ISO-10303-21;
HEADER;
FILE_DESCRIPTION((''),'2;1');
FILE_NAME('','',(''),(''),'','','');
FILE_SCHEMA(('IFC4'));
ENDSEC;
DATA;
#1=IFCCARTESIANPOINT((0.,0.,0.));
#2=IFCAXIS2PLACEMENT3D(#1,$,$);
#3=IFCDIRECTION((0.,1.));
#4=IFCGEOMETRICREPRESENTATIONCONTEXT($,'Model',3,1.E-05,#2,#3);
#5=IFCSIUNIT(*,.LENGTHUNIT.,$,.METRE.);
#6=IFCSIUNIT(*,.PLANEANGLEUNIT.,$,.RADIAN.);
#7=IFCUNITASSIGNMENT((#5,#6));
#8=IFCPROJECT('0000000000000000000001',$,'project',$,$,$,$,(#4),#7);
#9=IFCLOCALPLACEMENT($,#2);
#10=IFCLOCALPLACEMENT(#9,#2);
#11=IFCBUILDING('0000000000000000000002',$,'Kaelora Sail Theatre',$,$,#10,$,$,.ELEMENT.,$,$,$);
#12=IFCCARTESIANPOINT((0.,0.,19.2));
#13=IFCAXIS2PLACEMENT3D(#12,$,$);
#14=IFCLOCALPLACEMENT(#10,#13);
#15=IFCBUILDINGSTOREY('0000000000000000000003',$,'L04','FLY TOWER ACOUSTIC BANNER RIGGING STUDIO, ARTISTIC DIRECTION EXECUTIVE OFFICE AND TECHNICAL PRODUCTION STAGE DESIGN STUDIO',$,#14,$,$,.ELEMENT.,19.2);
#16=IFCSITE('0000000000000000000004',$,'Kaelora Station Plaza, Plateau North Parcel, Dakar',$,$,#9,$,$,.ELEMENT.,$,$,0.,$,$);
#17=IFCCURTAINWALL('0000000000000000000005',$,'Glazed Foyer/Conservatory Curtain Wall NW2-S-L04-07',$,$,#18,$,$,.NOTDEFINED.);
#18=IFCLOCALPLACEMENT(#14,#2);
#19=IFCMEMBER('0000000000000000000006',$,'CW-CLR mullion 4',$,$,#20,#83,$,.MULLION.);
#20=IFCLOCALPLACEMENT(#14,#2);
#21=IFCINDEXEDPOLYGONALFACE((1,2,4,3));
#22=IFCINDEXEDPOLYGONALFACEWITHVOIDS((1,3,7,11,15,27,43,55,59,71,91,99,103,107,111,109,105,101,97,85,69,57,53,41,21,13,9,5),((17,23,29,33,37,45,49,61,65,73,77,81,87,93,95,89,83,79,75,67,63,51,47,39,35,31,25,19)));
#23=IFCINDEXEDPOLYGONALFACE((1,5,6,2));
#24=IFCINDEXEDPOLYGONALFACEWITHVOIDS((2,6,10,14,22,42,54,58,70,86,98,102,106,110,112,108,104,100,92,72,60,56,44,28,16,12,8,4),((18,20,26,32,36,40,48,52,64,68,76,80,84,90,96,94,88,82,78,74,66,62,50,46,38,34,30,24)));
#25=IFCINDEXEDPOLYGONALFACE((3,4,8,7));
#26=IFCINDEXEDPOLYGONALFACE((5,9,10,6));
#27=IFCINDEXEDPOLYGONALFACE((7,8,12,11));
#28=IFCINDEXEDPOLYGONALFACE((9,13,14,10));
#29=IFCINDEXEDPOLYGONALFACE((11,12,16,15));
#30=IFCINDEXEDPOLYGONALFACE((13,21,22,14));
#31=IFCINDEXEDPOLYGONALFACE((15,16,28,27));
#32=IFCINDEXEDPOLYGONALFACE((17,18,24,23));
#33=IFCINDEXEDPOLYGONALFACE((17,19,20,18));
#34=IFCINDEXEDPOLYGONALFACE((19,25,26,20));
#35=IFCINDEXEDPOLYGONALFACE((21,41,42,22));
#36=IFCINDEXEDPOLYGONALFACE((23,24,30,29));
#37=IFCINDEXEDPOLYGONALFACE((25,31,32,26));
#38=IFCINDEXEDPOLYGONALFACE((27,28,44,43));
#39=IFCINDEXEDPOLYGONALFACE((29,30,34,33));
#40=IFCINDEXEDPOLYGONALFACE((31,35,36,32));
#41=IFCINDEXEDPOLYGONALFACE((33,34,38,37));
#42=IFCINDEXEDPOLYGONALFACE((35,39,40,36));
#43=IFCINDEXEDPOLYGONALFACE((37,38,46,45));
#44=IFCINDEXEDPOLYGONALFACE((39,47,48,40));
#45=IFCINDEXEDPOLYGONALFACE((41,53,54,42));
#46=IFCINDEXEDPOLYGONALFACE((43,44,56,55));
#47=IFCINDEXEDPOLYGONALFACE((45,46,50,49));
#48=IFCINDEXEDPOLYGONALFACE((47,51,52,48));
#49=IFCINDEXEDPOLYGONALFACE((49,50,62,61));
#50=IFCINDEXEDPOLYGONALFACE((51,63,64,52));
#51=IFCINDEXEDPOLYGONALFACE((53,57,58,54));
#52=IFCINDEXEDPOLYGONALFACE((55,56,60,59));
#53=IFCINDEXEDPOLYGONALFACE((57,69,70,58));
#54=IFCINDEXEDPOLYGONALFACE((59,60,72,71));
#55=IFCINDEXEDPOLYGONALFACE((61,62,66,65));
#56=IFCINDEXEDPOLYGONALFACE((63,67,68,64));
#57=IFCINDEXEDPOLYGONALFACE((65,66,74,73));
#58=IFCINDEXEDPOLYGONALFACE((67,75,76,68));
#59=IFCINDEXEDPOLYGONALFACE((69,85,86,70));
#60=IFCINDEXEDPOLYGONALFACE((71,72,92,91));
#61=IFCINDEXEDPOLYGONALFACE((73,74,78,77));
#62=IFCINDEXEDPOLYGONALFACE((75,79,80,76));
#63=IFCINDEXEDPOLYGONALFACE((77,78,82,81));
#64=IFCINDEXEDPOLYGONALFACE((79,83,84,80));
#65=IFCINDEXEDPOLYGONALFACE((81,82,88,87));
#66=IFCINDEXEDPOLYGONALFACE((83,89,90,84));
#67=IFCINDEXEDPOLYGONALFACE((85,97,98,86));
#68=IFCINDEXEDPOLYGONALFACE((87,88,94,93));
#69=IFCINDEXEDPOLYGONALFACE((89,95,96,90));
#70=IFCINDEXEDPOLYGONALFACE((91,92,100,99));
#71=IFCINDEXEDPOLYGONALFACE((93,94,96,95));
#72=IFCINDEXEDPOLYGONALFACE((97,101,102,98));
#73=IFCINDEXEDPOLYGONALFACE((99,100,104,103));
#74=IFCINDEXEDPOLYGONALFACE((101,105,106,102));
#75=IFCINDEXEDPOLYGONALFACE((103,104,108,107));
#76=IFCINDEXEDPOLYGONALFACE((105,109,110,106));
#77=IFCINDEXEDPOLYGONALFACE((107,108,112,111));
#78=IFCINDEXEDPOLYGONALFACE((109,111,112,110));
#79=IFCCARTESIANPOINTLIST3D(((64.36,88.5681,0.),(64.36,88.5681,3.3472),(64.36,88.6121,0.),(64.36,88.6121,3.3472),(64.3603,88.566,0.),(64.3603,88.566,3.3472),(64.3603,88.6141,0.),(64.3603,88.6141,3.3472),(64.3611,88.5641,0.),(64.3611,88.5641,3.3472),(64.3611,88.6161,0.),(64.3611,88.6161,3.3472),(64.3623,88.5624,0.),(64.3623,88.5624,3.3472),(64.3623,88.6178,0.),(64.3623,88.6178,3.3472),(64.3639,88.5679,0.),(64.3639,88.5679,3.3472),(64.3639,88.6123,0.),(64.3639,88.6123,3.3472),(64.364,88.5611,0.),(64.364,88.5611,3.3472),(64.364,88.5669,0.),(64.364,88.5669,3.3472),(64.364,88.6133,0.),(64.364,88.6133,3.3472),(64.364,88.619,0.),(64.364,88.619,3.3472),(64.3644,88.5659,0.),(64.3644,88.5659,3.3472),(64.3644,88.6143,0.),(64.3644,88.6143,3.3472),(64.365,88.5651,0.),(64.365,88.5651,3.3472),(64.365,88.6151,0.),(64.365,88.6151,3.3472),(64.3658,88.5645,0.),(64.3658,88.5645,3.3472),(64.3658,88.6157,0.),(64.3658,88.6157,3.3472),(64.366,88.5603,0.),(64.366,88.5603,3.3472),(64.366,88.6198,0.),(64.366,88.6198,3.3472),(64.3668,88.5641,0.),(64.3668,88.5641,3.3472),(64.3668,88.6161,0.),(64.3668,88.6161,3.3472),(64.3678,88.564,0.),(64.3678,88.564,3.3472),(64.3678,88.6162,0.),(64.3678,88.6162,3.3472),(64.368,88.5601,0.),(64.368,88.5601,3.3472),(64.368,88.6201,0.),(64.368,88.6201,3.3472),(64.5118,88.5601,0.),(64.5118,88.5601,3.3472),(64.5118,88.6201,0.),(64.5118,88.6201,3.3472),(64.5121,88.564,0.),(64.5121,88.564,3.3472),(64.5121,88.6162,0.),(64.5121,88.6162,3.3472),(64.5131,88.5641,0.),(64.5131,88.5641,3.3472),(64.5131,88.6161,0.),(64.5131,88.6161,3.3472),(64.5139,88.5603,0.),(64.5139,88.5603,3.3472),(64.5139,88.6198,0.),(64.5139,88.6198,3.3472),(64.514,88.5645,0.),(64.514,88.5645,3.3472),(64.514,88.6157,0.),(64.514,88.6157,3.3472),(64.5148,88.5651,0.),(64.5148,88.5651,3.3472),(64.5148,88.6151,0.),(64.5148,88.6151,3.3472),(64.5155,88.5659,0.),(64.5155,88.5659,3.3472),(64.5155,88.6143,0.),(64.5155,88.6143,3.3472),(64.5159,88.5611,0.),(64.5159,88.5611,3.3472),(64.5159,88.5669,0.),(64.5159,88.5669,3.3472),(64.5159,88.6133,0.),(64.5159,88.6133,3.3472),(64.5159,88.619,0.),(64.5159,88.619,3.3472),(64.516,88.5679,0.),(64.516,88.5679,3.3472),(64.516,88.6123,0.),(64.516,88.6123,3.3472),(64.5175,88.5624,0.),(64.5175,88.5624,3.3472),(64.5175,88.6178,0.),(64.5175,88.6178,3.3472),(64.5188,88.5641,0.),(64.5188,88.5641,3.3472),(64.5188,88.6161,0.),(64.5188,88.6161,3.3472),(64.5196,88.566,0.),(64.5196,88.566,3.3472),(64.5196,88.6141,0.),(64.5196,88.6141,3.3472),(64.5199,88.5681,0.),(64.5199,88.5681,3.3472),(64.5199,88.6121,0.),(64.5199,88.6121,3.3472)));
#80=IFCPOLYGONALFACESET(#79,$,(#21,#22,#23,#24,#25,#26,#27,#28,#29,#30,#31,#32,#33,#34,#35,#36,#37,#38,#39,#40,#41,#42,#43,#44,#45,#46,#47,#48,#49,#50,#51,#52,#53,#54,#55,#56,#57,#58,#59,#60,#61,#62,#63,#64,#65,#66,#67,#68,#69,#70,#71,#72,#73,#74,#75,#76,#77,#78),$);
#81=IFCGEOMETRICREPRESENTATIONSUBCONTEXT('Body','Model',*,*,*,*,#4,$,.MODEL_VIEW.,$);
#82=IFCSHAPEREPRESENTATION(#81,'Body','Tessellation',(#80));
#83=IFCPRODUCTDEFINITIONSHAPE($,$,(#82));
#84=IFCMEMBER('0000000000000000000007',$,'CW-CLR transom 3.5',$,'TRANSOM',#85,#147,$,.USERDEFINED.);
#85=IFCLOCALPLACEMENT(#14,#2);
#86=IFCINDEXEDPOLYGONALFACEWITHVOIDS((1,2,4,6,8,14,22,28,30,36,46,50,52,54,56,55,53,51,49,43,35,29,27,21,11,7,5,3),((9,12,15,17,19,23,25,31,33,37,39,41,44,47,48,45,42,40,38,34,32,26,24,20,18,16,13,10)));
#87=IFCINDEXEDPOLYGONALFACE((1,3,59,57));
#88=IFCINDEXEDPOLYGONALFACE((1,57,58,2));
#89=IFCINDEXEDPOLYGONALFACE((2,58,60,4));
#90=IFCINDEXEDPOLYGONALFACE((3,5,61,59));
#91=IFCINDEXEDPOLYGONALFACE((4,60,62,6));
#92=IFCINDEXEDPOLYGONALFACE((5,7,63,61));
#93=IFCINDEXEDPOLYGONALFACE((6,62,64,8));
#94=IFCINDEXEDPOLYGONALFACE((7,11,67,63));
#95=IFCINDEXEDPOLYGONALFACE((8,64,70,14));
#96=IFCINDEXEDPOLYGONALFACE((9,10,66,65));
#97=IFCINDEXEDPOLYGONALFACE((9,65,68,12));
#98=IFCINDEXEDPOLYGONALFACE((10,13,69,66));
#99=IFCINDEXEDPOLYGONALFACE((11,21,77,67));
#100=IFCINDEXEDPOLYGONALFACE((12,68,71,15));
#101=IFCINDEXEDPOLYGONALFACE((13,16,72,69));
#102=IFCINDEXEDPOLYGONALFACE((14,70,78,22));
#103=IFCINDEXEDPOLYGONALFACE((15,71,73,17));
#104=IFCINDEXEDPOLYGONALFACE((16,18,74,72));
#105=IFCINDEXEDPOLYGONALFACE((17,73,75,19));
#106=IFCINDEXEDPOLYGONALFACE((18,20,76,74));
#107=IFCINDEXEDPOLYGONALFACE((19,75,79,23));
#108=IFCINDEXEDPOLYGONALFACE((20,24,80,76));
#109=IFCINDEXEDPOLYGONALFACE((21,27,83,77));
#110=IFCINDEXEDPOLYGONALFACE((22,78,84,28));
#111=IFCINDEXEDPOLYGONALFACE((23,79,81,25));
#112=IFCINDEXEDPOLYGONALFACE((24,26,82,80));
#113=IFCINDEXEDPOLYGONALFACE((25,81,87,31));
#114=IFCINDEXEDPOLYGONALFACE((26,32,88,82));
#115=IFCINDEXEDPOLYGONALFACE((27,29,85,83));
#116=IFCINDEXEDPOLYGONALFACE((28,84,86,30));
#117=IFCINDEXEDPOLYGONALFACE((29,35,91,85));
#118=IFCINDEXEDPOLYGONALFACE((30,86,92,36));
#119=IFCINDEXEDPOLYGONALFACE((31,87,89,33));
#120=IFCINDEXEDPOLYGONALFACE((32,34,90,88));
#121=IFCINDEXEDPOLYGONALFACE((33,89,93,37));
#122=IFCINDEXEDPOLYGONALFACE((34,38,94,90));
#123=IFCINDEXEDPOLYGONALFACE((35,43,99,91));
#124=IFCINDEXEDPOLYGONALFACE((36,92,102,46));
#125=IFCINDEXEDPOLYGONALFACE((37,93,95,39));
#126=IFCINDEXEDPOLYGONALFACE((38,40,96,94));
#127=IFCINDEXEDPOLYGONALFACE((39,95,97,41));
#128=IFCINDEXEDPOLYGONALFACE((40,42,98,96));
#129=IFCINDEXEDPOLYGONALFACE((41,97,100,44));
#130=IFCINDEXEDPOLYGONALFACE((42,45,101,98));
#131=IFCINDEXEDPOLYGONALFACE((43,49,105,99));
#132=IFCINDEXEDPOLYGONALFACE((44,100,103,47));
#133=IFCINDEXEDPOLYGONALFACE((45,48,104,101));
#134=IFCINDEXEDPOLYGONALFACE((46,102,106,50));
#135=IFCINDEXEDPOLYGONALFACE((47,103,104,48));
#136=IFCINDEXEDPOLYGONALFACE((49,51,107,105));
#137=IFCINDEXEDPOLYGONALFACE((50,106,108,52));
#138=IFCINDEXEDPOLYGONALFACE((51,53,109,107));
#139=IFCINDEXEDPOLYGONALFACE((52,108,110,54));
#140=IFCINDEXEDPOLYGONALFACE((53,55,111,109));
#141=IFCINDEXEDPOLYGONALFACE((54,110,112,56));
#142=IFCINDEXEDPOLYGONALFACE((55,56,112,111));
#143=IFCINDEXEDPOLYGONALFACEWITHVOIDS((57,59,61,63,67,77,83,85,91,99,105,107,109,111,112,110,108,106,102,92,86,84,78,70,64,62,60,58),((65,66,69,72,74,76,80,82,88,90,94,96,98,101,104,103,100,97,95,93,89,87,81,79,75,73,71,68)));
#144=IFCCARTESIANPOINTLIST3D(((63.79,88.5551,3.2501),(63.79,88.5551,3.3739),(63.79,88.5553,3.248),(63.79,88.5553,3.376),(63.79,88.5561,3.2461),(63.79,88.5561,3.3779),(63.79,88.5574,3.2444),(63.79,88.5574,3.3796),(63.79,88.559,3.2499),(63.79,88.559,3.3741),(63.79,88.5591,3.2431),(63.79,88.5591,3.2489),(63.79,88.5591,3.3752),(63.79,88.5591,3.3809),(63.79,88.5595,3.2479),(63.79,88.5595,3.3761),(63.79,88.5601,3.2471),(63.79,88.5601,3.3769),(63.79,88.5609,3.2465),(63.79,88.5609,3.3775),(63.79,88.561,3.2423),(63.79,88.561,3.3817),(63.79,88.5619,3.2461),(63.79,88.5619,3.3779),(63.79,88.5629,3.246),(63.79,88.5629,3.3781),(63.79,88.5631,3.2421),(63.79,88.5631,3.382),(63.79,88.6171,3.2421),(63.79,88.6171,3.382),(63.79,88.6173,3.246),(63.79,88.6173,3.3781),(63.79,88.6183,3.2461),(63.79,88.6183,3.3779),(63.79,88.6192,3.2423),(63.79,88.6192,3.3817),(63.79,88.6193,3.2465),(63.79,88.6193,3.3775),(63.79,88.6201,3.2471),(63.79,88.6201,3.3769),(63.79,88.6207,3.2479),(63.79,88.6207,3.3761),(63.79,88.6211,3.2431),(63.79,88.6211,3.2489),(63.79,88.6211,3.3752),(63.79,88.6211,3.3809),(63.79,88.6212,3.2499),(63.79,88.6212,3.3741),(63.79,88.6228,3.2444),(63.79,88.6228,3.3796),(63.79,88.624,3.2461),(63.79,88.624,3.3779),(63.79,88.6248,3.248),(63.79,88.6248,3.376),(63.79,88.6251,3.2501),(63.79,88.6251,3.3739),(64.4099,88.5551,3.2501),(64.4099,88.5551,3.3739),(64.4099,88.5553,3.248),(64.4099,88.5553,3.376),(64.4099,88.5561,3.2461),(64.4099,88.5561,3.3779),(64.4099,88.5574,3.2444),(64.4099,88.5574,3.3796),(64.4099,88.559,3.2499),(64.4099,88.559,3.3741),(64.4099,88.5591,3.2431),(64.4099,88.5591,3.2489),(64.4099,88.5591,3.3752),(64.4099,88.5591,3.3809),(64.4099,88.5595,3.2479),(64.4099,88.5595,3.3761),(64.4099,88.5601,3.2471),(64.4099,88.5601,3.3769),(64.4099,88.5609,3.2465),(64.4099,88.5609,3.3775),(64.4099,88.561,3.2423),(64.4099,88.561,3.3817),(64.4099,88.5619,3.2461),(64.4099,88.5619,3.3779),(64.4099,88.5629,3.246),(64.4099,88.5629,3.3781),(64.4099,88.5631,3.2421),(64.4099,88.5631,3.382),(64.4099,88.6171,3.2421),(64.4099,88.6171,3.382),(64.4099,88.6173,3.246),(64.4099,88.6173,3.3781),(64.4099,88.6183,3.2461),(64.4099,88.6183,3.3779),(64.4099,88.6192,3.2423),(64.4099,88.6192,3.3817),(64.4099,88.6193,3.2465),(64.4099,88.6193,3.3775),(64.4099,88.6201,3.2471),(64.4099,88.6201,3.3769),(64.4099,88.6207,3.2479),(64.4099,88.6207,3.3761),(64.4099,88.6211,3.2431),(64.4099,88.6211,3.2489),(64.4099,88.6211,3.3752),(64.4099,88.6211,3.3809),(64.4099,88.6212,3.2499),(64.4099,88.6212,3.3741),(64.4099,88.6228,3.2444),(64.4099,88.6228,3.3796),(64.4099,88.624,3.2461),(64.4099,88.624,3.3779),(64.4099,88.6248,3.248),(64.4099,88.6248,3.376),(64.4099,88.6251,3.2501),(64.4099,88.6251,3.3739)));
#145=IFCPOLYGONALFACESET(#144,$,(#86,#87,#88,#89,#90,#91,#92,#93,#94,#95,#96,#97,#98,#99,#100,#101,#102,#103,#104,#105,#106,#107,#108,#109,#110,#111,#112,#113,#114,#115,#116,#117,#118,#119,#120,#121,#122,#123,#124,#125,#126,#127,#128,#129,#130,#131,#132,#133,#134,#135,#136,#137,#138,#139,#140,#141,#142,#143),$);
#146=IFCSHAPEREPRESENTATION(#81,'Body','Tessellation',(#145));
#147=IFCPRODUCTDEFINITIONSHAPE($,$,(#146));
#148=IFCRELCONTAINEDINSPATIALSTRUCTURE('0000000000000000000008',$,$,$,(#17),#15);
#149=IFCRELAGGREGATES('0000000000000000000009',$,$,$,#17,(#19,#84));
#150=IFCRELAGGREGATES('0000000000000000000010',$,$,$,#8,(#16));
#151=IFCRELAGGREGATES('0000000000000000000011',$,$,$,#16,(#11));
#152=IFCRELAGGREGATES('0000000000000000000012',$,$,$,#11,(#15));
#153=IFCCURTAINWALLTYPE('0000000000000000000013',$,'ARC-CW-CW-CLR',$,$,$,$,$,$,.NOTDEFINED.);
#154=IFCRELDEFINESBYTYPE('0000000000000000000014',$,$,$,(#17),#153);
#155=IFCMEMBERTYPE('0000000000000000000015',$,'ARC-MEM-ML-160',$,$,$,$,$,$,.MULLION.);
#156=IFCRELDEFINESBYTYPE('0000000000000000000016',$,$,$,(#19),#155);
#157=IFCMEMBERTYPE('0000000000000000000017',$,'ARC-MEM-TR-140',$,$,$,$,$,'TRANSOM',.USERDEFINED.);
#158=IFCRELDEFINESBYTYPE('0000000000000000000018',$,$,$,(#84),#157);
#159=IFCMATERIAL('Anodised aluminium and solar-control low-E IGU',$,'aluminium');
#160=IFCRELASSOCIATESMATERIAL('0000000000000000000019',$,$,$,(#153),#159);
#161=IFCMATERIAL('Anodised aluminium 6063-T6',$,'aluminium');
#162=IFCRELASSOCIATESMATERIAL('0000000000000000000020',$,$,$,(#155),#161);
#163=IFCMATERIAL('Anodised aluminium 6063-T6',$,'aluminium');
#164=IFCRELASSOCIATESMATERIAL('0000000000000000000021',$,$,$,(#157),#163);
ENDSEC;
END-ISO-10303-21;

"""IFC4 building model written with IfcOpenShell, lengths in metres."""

from ifc_helpers import new_model, si_unit, direction, frame, origin, origin_2d, place, context, subcontext, project, spatial, hollow_rectangle, extrude, material, material_profile, profile_set, type_object, element, aggregate, save


model = new_model("IFC4")

# Units and contexts
model_context = context("Model", 3, precision=1e-05, world=origin(), true_north=direction((0.0, 1.0)))
body_context = subcontext(model_context, "Body", "Model", "MODEL_VIEW")
ifc_project = project(units=[si_unit("LENGTHUNIT", "METRE"), si_unit("PLANEANGLEUNIT", "RADIAN")], contexts=[model_context])

# Site, building, storey
site_placement = place(None, origin())
site = spatial("IfcSite", under=ifc_project, at=site_placement, Name="Kaelora Station Plaza, Plateau North Parcel, Dakar", CompositionType="ELEMENT", RefElevation=0.0)
building_placement = place(site_placement, origin())
building = spatial("IfcBuilding", under=site, at=building_placement, Name="Kaelora Sail Theatre", CompositionType="ELEMENT")
storey_placement = place(building_placement, frame((0.0, 0.0, 19.2)))
storey = spatial("IfcBuildingStorey", under=building, at=storey_placement, Name="L04", Description="FLY TOWER ACOUSTIC BANNER RIGGING STUDIO, ARTISTIC DIRECTION EXECUTIVE OFFICE AND TECHNICAL PRODUCTION STAGE DESIGN STUDIO", CompositionType="ELEMENT", Elevation=19.2)

# Curtain wall, members
ifc_material_1 = material(Name="Anodised aluminium and solar-control low-E IGU", Category="aluminium")
curtain_wall_type = type_object("IfcCurtainWallType", Name="ARC-CW-CW-CLR", PredefinedType="NOTDEFINED", material=ifc_material_1)
curtain_wall_placement = place(storey_placement, origin())
curtain_wall = element("IfcCurtainWall", 1, at=curtain_wall_placement, inside=storey, type_object=curtain_wall_type, Name="Glazed Foyer/Conservatory Curtain Wall NW2-S-L04-07", PredefinedType="NOTDEFINED")
ifc_material_2 = material(Name="Anodised aluminium 6063-T6", Category="aluminium")
ifc_material_profile_1 = material_profile(ifc_material_2, hollow_rectangle(XDim=0.0601, YDim=0.1599, WallThickness=0.0039, InnerFilletRadius=0.0039, OuterFilletRadius=0.0081, at=origin_2d()), Name="ALU-MULL 60x160x4")
ifc_profile_set_1 = profile_set([ifc_material_profile_1], Name="Anodised aluminium 6063-T6")
member_type_1 = type_object("IfcMemberType", Name="ARC-MEM-ML-160", PredefinedType="MULLION", material=ifc_profile_set_1)
member_1_placement = place(storey_placement, frame((64.4399, 88.5901, 0.0), z_axis=(0.0, 0.0, 1.0), x_axis=(0.0, 1.0, 0.0)))
member_1 = element("IfcMember", 2, at=member_1_placement, type_object=member_type_1, Name="CW-CLR mullion 4", PredefinedType="MULLION", context=body_context, shape_type="SweptSolid", body=[
    extrude(hollow_rectangle(XDim=0.0601, YDim=0.1599, WallThickness=0.0039, InnerFilletRadius=0.0039, OuterFilletRadius=0.0081, at=origin_2d()), origin(), (0.0, 0.0, 1.0), 3.3472),
])
ifc_material_3 = material(Name="Anodised aluminium 6063-T6", Category="aluminium")
ifc_material_profile_2 = material_profile(ifc_material_3, hollow_rectangle(XDim=0.0701, YDim=0.1399, WallThickness=0.0039, InnerFilletRadius=0.0039, OuterFilletRadius=0.0081, at=origin_2d()), Name="ALU-TRAN 70x140x4")
ifc_profile_set_2 = profile_set([ifc_material_profile_2], Name="Anodised aluminium 6063-T6")
member_type_2 = type_object("IfcMemberType", Name="ARC-MEM-TR-140", ElementType="TRANSOM", PredefinedType="USERDEFINED", material=ifc_profile_set_2)
member_2_placement = place(storey_placement, frame((63.79, 88.5901, 3.312), z_axis=(1.0, 0.0, 0.0), x_axis=(0.0, 1.0, 0.0)))
member_2 = element("IfcMember", 3, at=member_2_placement, type_object=member_type_2, Name="CW-CLR transom 3.5", ObjectType="TRANSOM", PredefinedType="USERDEFINED", context=body_context, shape_type="SweptSolid", body=[
    extrude(hollow_rectangle(XDim=0.0701, YDim=0.1399, WallThickness=0.0039, InnerFilletRadius=0.0039, OuterFilletRadius=0.0081, at=origin_2d()), origin(), (0.0, 0.0, 1.0), 0.6199),
])

aggregate(curtain_wall, [member_1, member_2])

save(model, "model.ifc")
